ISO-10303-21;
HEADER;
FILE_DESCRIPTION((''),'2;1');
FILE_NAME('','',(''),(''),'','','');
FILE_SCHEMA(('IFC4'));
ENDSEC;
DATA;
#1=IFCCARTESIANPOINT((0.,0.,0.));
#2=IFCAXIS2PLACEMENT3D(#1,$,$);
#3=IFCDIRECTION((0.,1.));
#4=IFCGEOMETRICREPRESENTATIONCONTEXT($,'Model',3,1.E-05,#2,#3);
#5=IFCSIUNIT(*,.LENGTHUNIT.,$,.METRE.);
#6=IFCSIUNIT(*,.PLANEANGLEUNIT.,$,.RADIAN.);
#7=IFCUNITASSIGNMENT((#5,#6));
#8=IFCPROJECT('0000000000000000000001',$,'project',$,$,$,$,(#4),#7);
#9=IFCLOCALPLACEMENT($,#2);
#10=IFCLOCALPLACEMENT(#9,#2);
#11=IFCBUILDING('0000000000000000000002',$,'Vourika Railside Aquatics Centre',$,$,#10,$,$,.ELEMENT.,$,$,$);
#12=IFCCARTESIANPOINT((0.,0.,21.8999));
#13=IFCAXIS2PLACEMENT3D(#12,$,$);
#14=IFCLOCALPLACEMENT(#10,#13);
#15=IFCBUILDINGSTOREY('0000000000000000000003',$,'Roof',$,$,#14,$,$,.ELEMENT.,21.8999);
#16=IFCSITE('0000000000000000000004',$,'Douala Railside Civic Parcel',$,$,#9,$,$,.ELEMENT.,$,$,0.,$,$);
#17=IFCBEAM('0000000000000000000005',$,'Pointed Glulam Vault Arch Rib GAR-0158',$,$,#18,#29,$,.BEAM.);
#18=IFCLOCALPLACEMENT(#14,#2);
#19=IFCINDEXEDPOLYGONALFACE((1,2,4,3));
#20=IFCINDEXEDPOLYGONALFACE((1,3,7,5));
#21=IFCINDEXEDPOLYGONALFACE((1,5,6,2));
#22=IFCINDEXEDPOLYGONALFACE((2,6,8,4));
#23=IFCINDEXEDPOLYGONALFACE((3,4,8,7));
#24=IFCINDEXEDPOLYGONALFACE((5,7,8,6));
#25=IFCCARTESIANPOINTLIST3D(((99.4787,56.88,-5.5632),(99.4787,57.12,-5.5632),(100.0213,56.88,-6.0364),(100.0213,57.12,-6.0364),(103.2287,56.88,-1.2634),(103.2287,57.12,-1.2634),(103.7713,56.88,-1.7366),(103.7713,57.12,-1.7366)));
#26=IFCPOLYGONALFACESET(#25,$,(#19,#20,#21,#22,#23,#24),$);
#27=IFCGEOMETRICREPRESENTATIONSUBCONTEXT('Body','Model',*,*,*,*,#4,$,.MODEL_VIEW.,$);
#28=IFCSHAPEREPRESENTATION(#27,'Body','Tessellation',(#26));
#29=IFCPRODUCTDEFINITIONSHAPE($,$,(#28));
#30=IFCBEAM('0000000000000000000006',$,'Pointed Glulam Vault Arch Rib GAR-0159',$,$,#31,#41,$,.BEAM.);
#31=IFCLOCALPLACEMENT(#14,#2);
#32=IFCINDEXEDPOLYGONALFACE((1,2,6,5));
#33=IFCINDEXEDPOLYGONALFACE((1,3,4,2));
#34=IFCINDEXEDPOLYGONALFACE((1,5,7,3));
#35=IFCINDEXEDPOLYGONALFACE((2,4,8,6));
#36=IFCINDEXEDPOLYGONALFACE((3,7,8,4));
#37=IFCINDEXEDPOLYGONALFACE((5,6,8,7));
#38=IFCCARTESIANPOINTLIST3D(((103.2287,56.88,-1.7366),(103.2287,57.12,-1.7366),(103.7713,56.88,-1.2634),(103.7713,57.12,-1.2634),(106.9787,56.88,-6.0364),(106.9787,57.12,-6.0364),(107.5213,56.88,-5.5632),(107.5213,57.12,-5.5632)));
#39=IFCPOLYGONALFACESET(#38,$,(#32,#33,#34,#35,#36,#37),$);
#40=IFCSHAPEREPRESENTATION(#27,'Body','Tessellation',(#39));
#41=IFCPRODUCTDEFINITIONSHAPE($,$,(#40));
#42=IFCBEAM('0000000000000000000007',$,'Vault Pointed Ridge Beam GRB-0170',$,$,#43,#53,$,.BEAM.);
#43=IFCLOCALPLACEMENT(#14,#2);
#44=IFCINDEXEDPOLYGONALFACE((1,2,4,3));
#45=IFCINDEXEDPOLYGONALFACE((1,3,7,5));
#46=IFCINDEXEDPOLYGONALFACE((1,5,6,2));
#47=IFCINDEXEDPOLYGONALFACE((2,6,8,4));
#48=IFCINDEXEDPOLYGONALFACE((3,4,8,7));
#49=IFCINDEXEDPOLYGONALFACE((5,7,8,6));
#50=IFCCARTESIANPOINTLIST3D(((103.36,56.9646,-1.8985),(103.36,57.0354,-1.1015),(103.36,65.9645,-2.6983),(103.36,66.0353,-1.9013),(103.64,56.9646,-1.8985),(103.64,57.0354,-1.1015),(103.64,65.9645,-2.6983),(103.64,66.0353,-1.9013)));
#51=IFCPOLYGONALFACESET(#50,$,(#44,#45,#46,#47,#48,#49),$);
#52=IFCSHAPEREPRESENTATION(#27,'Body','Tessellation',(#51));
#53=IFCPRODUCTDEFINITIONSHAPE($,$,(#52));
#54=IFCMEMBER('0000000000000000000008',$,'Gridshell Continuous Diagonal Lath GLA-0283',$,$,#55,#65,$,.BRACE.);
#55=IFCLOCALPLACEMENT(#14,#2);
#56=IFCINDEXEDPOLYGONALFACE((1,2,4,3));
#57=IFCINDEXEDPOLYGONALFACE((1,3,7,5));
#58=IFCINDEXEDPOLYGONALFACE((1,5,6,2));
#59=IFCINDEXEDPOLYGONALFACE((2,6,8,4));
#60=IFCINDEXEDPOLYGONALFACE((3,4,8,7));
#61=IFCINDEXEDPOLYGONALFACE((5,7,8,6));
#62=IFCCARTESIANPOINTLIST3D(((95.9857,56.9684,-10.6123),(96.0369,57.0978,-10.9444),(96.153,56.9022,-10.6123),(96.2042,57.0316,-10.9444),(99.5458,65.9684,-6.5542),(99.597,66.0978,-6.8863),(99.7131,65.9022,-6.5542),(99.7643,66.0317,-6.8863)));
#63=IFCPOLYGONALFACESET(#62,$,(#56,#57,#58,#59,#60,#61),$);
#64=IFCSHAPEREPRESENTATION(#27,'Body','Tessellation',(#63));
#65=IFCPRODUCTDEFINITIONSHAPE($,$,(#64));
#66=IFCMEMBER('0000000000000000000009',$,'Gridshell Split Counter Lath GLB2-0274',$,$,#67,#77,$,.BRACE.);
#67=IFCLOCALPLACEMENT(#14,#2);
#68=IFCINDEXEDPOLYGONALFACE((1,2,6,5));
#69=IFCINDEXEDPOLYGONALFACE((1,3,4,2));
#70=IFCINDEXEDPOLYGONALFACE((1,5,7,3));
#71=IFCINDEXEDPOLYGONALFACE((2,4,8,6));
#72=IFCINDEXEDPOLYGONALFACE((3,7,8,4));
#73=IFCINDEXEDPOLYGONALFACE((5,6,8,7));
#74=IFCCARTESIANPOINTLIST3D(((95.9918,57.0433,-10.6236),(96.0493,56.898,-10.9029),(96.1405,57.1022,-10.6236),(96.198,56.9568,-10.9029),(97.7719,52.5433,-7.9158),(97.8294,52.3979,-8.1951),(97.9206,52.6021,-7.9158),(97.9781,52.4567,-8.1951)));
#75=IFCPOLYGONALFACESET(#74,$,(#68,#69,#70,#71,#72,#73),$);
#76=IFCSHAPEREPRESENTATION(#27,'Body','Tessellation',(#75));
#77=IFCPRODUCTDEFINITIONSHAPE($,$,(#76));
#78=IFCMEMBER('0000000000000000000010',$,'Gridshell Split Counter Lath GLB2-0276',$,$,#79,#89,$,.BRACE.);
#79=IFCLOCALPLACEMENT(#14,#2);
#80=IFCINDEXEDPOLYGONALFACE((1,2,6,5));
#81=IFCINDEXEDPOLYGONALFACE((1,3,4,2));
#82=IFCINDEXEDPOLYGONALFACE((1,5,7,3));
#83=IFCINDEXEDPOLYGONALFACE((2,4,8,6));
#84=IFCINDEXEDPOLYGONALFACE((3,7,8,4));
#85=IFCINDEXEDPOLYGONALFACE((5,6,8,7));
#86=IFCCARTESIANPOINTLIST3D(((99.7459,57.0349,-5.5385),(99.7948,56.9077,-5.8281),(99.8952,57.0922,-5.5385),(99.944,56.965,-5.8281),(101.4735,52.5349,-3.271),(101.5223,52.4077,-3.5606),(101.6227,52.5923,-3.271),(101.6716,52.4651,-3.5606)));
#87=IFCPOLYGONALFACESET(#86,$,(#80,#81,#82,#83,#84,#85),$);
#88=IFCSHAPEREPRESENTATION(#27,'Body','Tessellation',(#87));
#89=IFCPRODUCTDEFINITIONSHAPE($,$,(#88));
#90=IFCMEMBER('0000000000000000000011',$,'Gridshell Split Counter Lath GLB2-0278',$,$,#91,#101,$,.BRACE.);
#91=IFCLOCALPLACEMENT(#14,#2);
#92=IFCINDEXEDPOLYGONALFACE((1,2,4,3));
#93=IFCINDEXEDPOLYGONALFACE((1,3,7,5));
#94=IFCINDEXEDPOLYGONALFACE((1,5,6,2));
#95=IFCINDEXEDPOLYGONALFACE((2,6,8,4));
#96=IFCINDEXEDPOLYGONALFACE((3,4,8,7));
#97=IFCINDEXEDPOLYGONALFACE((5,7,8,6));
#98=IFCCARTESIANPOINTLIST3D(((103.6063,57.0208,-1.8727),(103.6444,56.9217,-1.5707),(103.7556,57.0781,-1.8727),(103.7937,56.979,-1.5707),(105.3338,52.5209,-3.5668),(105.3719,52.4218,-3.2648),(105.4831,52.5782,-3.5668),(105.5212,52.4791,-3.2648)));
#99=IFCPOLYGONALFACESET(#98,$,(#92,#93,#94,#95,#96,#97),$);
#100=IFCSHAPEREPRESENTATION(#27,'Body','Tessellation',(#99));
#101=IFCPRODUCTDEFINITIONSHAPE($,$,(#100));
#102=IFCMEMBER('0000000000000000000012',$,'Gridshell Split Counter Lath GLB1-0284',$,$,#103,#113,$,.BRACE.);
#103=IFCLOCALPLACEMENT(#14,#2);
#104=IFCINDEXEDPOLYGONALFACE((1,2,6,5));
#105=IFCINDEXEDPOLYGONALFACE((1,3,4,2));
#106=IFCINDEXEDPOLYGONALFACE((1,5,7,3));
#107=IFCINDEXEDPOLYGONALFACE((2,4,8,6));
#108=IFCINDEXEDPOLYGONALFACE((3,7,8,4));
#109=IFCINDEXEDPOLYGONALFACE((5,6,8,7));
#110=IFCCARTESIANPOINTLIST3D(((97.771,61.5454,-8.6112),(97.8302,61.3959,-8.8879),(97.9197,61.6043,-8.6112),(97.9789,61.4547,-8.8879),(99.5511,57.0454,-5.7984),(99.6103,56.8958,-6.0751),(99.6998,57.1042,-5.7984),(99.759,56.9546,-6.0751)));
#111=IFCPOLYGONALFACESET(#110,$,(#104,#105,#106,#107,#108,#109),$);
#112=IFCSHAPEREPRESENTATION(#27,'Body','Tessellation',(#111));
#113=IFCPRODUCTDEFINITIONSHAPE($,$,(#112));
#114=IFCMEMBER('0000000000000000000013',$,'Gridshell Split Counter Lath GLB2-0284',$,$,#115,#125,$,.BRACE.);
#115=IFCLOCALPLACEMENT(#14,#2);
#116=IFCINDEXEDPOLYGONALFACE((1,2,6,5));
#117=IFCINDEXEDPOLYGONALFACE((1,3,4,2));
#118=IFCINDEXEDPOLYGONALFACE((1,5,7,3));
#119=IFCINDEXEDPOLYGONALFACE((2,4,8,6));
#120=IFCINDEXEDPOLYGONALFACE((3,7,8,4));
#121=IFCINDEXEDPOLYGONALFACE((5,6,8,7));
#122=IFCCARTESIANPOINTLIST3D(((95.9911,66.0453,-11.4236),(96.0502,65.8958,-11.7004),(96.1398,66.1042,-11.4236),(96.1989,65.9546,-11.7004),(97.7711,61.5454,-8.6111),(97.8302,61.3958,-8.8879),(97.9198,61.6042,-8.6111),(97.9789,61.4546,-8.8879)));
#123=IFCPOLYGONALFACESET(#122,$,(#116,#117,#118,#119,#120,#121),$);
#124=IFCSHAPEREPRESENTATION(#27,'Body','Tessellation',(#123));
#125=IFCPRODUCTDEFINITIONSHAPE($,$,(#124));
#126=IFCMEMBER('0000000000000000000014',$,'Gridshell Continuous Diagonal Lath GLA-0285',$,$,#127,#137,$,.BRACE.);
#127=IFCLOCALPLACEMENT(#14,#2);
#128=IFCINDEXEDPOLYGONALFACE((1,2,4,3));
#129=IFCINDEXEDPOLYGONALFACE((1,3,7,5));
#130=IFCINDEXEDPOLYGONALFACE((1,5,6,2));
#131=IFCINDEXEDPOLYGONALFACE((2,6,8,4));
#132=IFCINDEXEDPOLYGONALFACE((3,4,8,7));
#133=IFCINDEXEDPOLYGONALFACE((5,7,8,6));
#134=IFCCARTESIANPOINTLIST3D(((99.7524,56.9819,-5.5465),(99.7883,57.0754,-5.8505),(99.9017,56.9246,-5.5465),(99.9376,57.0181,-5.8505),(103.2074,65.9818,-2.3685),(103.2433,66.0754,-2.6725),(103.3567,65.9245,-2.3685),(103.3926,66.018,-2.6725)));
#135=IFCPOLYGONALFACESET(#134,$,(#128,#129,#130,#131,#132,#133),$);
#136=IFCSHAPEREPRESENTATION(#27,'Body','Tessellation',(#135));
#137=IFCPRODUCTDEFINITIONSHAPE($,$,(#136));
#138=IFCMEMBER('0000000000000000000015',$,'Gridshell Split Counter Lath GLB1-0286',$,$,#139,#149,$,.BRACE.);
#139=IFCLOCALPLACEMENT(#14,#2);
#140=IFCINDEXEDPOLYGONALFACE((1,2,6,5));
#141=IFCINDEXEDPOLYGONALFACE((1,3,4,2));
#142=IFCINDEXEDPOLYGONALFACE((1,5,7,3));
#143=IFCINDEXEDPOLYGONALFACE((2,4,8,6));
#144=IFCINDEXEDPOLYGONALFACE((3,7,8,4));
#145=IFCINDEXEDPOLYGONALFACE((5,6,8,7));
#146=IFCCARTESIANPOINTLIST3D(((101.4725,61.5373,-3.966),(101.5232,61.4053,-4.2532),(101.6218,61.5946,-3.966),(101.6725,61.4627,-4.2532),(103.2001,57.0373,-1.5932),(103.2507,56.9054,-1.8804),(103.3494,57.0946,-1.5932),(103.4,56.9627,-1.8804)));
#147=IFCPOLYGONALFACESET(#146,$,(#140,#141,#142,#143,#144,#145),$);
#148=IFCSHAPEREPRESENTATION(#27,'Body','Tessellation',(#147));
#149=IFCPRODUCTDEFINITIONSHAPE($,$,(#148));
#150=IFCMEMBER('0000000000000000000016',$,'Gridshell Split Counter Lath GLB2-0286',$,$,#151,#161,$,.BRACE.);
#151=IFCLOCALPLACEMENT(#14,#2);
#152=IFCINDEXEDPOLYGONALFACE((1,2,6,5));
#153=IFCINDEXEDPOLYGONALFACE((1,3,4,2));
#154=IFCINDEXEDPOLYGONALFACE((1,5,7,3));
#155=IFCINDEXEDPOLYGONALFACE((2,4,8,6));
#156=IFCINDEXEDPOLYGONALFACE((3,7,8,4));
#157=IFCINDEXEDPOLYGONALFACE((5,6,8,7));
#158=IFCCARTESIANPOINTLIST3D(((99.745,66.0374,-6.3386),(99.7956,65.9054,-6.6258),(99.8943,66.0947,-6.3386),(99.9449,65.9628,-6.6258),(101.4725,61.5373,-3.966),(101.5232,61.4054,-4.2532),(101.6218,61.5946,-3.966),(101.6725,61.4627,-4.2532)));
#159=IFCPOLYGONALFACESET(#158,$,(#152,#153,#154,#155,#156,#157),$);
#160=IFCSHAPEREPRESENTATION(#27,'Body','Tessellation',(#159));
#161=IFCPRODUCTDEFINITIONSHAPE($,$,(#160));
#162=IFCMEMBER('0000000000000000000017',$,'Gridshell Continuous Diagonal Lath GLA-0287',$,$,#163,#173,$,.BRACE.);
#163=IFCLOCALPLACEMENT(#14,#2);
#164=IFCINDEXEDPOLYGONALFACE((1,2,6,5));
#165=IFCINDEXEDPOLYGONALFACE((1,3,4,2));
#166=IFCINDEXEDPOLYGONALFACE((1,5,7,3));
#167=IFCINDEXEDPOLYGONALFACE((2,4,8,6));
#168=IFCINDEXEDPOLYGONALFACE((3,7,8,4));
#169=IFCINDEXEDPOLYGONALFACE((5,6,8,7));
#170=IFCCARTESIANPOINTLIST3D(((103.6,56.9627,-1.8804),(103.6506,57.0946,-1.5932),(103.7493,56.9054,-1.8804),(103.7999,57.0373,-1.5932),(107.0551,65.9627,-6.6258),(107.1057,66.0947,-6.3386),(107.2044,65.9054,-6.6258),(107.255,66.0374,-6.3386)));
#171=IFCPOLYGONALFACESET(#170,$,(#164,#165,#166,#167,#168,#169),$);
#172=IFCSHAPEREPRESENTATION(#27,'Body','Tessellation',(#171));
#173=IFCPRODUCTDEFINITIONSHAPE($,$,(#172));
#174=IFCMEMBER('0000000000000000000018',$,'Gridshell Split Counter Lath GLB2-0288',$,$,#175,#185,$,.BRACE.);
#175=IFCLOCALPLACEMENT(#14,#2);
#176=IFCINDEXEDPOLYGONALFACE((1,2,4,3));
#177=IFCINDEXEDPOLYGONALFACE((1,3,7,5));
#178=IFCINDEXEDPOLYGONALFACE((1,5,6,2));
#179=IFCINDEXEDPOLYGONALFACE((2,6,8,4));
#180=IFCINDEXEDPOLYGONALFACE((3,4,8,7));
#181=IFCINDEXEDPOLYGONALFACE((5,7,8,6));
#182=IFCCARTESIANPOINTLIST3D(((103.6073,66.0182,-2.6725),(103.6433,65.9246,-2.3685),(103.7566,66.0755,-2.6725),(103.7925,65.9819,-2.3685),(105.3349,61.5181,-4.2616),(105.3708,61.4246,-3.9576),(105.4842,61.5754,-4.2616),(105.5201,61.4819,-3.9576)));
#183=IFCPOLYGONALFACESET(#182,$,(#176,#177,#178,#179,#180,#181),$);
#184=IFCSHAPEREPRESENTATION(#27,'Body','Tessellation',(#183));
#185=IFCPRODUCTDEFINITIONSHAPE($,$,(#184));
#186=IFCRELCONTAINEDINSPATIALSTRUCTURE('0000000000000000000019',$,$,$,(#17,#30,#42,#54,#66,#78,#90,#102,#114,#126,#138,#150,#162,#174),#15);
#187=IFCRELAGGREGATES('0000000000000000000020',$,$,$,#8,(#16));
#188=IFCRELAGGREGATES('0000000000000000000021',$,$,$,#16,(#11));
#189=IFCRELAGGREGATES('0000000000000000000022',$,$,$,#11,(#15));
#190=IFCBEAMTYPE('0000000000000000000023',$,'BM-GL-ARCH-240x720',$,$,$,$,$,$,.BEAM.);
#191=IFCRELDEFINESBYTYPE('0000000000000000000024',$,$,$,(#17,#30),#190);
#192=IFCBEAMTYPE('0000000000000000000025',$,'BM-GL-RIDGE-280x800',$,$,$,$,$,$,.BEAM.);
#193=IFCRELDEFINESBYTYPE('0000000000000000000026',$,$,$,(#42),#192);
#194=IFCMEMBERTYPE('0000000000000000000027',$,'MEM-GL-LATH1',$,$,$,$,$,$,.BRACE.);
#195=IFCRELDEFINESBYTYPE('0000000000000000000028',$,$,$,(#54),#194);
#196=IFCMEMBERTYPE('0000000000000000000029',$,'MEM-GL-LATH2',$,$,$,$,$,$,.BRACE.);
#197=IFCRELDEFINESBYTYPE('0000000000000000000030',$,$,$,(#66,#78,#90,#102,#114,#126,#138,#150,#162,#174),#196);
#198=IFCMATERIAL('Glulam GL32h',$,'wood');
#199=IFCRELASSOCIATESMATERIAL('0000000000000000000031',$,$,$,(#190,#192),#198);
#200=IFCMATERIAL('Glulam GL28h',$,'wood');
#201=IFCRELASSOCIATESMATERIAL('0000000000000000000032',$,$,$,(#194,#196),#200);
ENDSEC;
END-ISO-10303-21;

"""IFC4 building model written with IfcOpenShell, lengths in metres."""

from ifc_helpers import new_model, si_unit, direction, frame, origin, origin_2d, place, context, subcontext, project, spatial, rectangle, extrude, material, material_profile, profile_set, type_object, element, save


model = new_model("IFC4")

# Units and contexts
model_context = context("Model", 3, precision=1e-05, world=origin(), true_north=direction((0.0, 1.0)))
body_context = subcontext(model_context, "Body", "Model", "MODEL_VIEW")
ifc_project = project(units=[si_unit("LENGTHUNIT", "METRE"), si_unit("PLANEANGLEUNIT", "RADIAN")], contexts=[model_context])

# Site, building, storey
site_placement = place(None, origin())
site = spatial("IfcSite", under=ifc_project, at=site_placement, Name="Douala Railside Civic Parcel", CompositionType="ELEMENT", RefElevation=0.0)
building_placement = place(site_placement, origin())
building = spatial("IfcBuilding", under=site, at=building_placement, Name="Vourika Railside Aquatics Centre", CompositionType="ELEMENT")
storey_placement = place(building_placement, frame((0.0, 0.0, 21.8999)))
storey = spatial("IfcBuildingStorey", under=building, at=storey_placement, Name="Roof", CompositionType="ELEMENT", Elevation=21.8999)

# Beams
ifc_material_1 = material(Name="Glulam GL32h", Category="wood")
ifc_material_profile_1 = material_profile(ifc_material_1, rectangle(XDim=0.24, YDim=0.72, at=origin_2d()), Name="GL32h 240x720")
ifc_profile_set_1 = profile_set([ifc_material_profile_1], Name="Glulam GL32h")
beam_type_1 = type_object("IfcBeamType", Name="BM-GL-ARCH-240x720", PredefinedType="BEAM", material=ifc_profile_set_1)
for number, where, z_axis, x_axis, name in (
    (1, (99.75, 57.0, -5.7998), (0.65728, 0.0, 0.753647), (0.0, 1.0, 0.0), "Pointed Glulam Vault Arch Rib GAR-0158"),
    (2, (103.5, 57.0, -1.5), (0.65728, 0.0, -0.753647), (0.0, 1.0, 0.0), "Pointed Glulam Vault Arch Rib GAR-0159"),
):
    element("IfcBeam", number, at=place(storey_placement, frame(where, z_axis=z_axis, x_axis=x_axis)), inside=storey, type_object=beam_type_1, Name=name, PredefinedType="BEAM", context=body_context, shape_type="SweptSolid", body=[
        extrude(rectangle(XDim=0.24, YDim=0.72, at=origin_2d()), origin(), (0.0, 0.0, 1.0), 5.7053),
    ])
ifc_material_profile_2 = material_profile(ifc_material_1, rectangle(XDim=0.28, YDim=0.8, at=origin_2d()), Name="GL32h 280x800")
ifc_profile_set_2 = profile_set([ifc_material_profile_2], Name="Glulam GL32h")
beam_type_2 = type_object("IfcBeamType", Name="BM-GL-RIDGE-280x800", PredefinedType="BEAM", material=ifc_profile_set_2)
beam_placement = place(storey_placement, frame((103.5, 57.0, -1.5), z_axis=(0.0, 0.996075, -0.088518), x_axis=(-1.0, 0.0, 0.0)))
element("IfcBeam", 3, at=beam_placement, inside=storey, type_object=beam_type_2, Name="Vault Pointed Ridge Beam GRB-0170", PredefinedType="BEAM", context=body_context, shape_type="SweptSolid", body=[
    extrude(rectangle(XDim=0.28, YDim=0.8, at=origin_2d()), origin(), (0.0, 0.0, 1.0), 9.0354),
])

# Members
ifc_material_2 = material(Name="Glulam GL28h", Category="wood")
ifc_material_profile_3 = material_profile(ifc_material_2, rectangle(XDim=0.1799, YDim=0.3601, at=origin_2d()), Name="GL28h 180x360")
ifc_profile_set_3 = profile_set([ifc_material_profile_3], Name="Glulam GL28h")
member_type_1 = type_object("IfcMemberType", Name="MEM-GL-LATH1", PredefinedType="BRACE", material=ifc_profile_set_3)
member_1_placement = place(storey_placement, frame((96.095, 57.0, -10.7783), z_axis=(0.339219, 0.857562, 0.386675), x_axis=(-0.929893, 0.36783, 0.0)))
element("IfcMember", 4, at=member_1_placement, inside=storey, type_object=member_type_1, Name="Gridshell Continuous Diagonal Lath GLA-0283", PredefinedType="BRACE", context=body_context, shape_type="SweptSolid", body=[
    extrude(rectangle(XDim=0.1799, YDim=0.3601, at=origin_2d()), origin(), (0.0, 0.0, 1.0), 10.4949),
])
ifc_material_profile_4 = material_profile(ifc_material_2, rectangle(XDim=0.1599, YDim=0.3201, at=origin_2d()), Name="GL28h 160x320")
ifc_profile_set_4 = profile_set([ifc_material_profile_4], Name="Glulam GL28h")
member_type_2 = type_object("IfcMemberType", Name="MEM-GL-LATH2", PredefinedType="BRACE", material=ifc_profile_set_4)
member_2_placement = place(storey_placement, frame((97.875, 52.5, -8.0554), z_axis=(-0.320997, 0.811496, -0.488298), x_axis=(-0.929893, -0.36783, 0.0)))
element("IfcMember", 5, at=member_2_placement, inside=storey, type_object=member_type_2, Name="Gridshell Split Counter Lath GLB2-0274", PredefinedType="BRACE", context=body_context, shape_type="SweptSolid", body=[
    extrude(rectangle(XDim=0.1599, YDim=0.3201, at=origin_2d()), origin(), (0.0, 0.0, 1.0), 5.5454),
])
member_3_placement = place(storey_placement, frame((101.5725, 52.5, -3.4158), z_axis=(-0.324302, 0.844762, -0.425681), x_axis=(-0.93357, -0.358395, 0.0)))
element("IfcMember", 6, at=member_3_placement, inside=storey, type_object=member_type_2, Name="Gridshell Split Counter Lath GLB2-0276", PredefinedType="BRACE", context=body_context, shape_type="SweptSolid", body=[
    extrude(rectangle(XDim=0.1599, YDim=0.3201, at=origin_2d()), origin(), (0.0, 0.0, 1.0), 5.3269),
])
member_4_placement = place(storey_placement, frame((105.4275, 52.5, -3.4158), z_axis=(-0.338121, 0.880757, 0.331574), x_axis=(-0.93357, -0.358395, 0.0)))
element("IfcMember", 7, at=member_4_placement, inside=storey, type_object=member_type_2, Name="Gridshell Split Counter Lath GLB2-0278", PredefinedType="BRACE", context=body_context, shape_type="SweptSolid", body=[
    extrude(rectangle(XDim=0.1599, YDim=0.3201, at=origin_2d()), origin(), (0.0, 0.0, 1.0), 5.1091),
])
member_5_placement = place(storey_placement, frame((99.655, 57.0, -5.9368), z_axis=(-0.318014, 0.803956, -0.502516), x_axis=(-0.929893, -0.36783, 0.0)))
element("IfcMember", 8, at=member_5_placement, inside=storey, type_object=member_type_2, Name="Gridshell Split Counter Lath GLB1-0284", PredefinedType="BRACE", context=body_context, shape_type="SweptSolid", body=[
    extrude(rectangle(XDim=0.1599, YDim=0.3201, at=origin_2d()), origin(), (0.0, 0.0, 1.0), 5.5974),
])
member_6_placement = place(storey_placement, frame((97.875, 61.5, -8.7495), z_axis=(-0.318021, 0.803973, -0.502483), x_axis=(-0.929893, -0.36783, 0.0)))
element("IfcMember", 9, at=member_6_placement, inside=storey, type_object=member_type_2, Name="Gridshell Split Counter Lath GLB2-0284", PredefinedType="BRACE", context=body_context, shape_type="SweptSolid", body=[
    extrude(rectangle(XDim=0.1599, YDim=0.3201, at=origin_2d()), origin(), (0.0, 0.0, 1.0), 5.5972),
])
member_7_placement = place(storey_placement, frame((99.845, 57.0, -5.6985), z_axis=(0.340378, 0.886637, 0.313079), x_axis=(-0.93357, 0.358395, 0.0)))
element("IfcMember", 10, at=member_7_placement, inside=storey, type_object=member_type_2, Name="Gridshell Continuous Diagonal Lath GLA-0285", PredefinedType="BRACE", context=body_context, shape_type="SweptSolid", body=[
    extrude(rectangle(XDim=0.1599, YDim=0.3201, at=origin_2d()), origin(), (0.0, 0.0, 1.0), 10.1506),
])
for number, where, z_axis, x_axis, name in (
    (11, (103.3, 57.0, -1.7368), (-0.321548, 0.837587, -0.441651), (-0.93357, -0.358395, 0.0), "Gridshell Split Counter Lath GLB1-0286"),
    (12, (101.5725, 61.5, -4.1096), (-0.321554, 0.837604, -0.441614), (-0.93357, -0.358395, 0.0), "Gridshell Split Counter Lath GLB2-0286"),
):
    element("IfcMember", number, at=place(storey_placement, frame(where, z_axis=z_axis, x_axis=x_axis)), inside=storey, type_object=member_type_2, Name=name, PredefinedType="BRACE", context=body_context, shape_type="SweptSolid", body=[
        extrude(rectangle(XDim=0.1599, YDim=0.3201, at=origin_2d()), origin(), (0.0, 0.0, 1.0), 5.3726),
    ])
member_8_placement = place(storey_placement, frame((103.7, 57.0, -1.7368), z_axis=(0.321551, 0.837595, -0.441632), x_axis=(-0.93357, 0.358395, 0.0)))
element("IfcMember", 13, at=member_8_placement, inside=storey, type_object=member_type_2, Name="Gridshell Continuous Diagonal Lath GLA-0287", PredefinedType="BRACE", context=body_context, shape_type="SweptSolid", body=[
    extrude(rectangle(XDim=0.1599, YDim=0.3201, at=origin_2d()), origin(), (0.0, 0.0, 1.0), 10.7451),
])
member_9_placement = place(storey_placement, frame((105.4275, 61.5, -4.1096), z_axis=(-0.340375, 0.88663, 0.313101), x_axis=(-0.93357, -0.358395, 0.0)))
element("IfcMember", 14, at=member_9_placement, inside=storey, type_object=member_type_2, Name="Gridshell Split Counter Lath GLB2-0288", PredefinedType="BRACE", context=body_context, shape_type="SweptSolid", body=[
    extrude(rectangle(XDim=0.1599, YDim=0.3201, at=origin_2d()), origin(), (0.0, 0.0, 1.0), 5.0754),
])

save(model, "model.ifc")
